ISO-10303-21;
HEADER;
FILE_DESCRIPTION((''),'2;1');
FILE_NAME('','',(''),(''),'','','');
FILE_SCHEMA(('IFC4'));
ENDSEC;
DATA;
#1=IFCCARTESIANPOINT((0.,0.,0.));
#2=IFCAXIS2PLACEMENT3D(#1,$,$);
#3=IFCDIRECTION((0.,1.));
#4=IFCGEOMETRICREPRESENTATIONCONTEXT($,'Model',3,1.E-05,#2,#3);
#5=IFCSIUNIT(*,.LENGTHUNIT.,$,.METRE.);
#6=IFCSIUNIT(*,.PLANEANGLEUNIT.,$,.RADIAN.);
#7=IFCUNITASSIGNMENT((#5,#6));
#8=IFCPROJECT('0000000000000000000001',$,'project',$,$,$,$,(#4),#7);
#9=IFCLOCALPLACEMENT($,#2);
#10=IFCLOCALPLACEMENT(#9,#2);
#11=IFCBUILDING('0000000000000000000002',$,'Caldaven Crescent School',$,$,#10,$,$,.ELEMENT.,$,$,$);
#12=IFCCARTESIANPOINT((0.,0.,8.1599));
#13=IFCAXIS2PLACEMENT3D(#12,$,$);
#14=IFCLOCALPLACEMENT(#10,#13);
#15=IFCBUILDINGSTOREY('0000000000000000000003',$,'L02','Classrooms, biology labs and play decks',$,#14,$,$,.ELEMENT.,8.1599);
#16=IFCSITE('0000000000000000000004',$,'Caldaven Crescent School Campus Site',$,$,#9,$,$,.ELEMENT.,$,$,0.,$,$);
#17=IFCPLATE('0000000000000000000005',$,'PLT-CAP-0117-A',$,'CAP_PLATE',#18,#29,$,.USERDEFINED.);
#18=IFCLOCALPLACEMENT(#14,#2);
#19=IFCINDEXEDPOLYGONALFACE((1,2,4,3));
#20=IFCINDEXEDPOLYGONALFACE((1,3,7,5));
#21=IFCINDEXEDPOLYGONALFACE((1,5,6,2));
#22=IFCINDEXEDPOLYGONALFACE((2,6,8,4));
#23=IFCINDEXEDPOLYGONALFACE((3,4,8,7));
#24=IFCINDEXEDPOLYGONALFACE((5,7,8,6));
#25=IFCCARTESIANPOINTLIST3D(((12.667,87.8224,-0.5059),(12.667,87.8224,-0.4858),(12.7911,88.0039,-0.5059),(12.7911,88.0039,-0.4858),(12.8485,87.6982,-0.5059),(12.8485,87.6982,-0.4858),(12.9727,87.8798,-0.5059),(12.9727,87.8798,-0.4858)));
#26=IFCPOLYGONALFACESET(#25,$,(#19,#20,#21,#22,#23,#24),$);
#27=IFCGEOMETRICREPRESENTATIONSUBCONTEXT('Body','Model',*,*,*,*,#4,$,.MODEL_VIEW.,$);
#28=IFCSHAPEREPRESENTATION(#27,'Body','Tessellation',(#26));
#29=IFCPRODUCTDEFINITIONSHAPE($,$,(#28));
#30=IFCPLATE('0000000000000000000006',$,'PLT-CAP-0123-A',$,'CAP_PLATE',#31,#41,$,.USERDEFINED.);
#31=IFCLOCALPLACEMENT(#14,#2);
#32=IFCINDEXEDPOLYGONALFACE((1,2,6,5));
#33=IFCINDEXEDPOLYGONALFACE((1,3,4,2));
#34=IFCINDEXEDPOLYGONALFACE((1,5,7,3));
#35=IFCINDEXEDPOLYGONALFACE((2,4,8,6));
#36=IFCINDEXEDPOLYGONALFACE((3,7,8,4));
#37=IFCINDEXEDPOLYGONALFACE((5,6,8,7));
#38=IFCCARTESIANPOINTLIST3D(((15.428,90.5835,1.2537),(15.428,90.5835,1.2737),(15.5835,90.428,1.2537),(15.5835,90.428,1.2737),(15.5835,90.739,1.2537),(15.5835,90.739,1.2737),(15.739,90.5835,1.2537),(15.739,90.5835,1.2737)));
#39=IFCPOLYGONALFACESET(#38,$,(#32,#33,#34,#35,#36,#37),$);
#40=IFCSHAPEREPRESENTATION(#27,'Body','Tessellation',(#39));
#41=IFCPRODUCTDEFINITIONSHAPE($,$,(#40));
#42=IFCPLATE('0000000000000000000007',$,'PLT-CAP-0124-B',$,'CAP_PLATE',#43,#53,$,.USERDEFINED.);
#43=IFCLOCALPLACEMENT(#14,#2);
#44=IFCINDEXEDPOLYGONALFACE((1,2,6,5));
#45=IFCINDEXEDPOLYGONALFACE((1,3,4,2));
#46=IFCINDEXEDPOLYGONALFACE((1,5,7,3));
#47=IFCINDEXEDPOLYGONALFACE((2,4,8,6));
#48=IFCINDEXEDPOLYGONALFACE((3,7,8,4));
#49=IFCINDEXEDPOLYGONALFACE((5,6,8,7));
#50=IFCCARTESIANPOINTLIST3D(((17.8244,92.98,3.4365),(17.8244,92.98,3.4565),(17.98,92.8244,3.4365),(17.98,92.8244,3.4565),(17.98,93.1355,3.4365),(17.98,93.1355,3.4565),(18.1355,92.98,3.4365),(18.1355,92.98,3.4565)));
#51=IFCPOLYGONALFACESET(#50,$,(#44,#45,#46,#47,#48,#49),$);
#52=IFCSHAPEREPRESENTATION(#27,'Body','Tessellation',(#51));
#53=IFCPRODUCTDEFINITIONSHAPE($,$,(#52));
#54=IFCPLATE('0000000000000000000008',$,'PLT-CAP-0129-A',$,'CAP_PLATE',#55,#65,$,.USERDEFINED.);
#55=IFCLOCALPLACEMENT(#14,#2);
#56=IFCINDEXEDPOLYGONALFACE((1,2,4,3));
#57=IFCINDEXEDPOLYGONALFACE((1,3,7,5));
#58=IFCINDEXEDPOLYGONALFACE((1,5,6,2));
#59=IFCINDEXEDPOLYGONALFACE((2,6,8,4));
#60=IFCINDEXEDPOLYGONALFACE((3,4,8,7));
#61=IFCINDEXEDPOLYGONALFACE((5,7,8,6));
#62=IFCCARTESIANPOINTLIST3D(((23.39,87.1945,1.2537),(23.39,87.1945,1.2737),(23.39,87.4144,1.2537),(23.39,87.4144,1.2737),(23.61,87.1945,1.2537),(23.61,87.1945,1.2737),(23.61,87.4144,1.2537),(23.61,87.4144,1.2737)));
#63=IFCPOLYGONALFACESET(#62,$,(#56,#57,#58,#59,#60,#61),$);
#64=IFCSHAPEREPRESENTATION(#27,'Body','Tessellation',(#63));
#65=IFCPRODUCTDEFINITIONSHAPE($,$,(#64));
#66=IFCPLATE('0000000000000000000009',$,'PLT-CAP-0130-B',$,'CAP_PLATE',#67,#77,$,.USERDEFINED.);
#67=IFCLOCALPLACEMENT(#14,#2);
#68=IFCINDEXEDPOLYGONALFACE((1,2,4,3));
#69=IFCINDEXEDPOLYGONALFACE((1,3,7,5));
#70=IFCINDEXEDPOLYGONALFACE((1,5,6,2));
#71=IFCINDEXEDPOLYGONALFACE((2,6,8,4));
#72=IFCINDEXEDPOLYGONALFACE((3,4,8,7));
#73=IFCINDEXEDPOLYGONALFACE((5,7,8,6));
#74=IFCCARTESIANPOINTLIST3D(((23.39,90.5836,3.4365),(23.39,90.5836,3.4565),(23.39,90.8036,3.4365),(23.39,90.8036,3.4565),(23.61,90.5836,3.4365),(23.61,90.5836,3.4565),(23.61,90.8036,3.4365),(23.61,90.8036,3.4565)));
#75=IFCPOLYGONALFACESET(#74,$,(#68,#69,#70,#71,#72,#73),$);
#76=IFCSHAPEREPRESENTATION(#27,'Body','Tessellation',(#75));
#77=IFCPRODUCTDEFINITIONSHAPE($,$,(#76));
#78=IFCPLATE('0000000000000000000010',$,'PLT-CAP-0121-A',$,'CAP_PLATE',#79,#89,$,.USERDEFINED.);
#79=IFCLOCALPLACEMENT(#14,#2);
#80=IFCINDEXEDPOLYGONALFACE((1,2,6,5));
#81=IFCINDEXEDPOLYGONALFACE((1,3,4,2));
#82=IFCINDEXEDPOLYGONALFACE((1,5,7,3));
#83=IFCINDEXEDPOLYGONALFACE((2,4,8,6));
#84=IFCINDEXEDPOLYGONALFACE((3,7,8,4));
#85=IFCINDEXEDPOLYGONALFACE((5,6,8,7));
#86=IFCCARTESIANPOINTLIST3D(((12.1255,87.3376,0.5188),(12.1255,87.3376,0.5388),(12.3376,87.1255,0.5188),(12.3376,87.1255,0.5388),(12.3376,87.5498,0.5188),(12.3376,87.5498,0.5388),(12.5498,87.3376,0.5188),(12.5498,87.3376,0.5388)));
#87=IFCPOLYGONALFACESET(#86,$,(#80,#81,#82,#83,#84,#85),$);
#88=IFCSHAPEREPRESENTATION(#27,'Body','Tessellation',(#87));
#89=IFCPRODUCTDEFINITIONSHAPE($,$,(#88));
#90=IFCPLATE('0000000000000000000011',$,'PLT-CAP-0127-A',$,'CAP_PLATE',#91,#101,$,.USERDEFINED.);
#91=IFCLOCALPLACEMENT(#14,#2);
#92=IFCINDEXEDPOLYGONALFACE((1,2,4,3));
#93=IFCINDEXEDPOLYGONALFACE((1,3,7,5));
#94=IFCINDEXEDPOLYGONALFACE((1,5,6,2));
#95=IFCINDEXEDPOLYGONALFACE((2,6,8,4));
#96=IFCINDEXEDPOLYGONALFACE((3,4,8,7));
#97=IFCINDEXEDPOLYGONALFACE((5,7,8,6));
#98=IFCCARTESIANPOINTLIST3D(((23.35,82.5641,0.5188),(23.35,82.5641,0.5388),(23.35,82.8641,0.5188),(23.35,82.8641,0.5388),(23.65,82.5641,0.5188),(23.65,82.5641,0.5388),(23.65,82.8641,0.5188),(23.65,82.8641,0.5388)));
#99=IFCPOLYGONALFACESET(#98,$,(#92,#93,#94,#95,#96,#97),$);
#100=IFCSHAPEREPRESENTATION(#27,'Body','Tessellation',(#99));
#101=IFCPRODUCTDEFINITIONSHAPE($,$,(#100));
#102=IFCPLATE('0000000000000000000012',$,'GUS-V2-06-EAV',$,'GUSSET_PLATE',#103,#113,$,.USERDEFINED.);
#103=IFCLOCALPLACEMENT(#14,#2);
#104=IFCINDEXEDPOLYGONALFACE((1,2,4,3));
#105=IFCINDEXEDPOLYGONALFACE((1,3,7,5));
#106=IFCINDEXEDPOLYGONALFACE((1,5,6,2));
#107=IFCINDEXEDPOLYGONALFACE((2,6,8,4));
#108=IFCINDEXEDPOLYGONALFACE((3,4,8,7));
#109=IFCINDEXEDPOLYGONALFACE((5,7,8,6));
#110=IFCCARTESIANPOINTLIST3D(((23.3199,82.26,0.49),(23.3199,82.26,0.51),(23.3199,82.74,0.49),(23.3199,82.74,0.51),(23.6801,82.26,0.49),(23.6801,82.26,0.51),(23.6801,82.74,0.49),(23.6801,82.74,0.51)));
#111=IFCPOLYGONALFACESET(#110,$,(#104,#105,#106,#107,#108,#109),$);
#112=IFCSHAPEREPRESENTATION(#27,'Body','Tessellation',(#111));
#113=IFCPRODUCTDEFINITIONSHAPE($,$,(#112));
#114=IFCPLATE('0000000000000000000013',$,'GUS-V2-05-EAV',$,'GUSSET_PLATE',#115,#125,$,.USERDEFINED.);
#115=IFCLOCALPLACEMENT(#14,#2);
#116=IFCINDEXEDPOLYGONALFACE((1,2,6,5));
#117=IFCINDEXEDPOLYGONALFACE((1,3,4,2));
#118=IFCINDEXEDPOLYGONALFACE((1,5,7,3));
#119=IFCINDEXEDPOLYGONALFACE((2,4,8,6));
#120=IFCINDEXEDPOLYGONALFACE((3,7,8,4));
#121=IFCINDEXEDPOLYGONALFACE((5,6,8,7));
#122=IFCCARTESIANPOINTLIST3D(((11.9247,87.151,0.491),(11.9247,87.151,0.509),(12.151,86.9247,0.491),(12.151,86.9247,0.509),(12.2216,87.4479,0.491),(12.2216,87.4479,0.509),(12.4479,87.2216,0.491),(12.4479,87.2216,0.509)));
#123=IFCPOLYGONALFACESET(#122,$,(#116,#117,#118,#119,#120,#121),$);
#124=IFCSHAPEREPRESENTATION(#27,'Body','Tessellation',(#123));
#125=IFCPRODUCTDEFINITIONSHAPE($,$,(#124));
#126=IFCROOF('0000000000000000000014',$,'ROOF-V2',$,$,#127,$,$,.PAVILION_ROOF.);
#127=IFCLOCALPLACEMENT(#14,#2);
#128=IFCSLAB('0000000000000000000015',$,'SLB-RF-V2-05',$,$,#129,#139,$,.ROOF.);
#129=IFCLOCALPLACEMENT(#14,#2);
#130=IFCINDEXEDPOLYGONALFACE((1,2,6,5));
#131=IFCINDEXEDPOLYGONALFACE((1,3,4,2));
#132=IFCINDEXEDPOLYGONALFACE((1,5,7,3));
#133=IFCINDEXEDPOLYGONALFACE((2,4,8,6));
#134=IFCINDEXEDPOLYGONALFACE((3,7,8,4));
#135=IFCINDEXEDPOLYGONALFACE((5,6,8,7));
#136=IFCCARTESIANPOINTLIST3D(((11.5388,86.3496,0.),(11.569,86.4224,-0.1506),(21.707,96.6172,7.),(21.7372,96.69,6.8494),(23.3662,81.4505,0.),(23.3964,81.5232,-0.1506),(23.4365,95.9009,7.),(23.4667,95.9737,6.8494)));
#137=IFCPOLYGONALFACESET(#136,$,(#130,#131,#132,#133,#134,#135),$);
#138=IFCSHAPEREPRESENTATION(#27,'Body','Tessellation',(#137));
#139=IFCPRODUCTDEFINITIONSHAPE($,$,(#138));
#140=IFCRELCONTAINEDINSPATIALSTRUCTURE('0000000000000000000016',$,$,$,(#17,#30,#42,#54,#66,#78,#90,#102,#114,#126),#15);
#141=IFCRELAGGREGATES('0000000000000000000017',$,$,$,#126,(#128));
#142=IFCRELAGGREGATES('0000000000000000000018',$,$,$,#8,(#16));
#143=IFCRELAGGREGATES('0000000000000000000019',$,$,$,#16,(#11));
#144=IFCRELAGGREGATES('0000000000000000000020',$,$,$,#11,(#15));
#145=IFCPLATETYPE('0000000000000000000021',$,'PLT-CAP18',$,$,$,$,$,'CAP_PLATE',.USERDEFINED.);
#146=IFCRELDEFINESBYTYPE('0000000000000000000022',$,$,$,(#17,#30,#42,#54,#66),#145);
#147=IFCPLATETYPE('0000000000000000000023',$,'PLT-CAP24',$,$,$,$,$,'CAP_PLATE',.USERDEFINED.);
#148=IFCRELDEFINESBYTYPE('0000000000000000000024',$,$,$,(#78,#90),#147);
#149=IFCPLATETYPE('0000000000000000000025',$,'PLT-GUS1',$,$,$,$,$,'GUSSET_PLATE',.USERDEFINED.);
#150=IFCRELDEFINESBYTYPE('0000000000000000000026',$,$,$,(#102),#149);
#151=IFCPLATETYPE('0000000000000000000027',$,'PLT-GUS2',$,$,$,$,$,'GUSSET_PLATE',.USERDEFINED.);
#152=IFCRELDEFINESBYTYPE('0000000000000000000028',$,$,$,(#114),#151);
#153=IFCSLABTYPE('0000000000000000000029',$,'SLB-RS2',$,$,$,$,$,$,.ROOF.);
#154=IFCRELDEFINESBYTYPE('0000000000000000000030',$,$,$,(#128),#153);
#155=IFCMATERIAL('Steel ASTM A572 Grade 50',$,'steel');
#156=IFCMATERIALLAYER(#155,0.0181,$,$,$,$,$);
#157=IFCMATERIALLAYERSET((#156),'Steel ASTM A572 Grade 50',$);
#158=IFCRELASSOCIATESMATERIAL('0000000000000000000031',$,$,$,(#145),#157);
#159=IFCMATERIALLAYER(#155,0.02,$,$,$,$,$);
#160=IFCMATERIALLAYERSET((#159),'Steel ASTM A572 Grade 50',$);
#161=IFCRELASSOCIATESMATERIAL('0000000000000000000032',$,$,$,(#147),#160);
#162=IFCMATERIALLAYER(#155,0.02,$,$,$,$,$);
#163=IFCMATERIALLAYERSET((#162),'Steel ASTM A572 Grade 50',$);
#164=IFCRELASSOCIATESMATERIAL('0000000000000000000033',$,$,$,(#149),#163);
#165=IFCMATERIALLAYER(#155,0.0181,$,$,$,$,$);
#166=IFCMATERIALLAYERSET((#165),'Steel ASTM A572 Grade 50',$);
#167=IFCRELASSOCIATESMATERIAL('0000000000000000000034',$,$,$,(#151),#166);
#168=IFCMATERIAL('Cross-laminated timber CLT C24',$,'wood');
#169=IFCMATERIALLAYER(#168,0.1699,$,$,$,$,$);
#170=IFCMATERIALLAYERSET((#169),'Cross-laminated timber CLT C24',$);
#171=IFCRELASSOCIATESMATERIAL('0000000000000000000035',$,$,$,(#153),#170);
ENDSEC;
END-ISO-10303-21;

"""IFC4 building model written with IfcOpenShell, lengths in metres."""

from ifc_helpers import new_model, si_unit, direction, frame, origin, origin_2d, place, context, subcontext, project, spatial, polyline, rectangle, outline, extrude, material, layer, layer_set, type_object, element, aggregate, save


model = new_model("IFC4")

# Units and contexts
model_context = context("Model", 3, precision=1e-05, world=origin(), true_north=direction((0.0, 1.0)))
body_context = subcontext(model_context, "Body", "Model", "MODEL_VIEW")
ifc_project = project(units=[si_unit("LENGTHUNIT", "METRE"), si_unit("PLANEANGLEUNIT", "RADIAN")], contexts=[model_context])

# Site, building, storey
site_placement = place(None, origin())
site = spatial("IfcSite", under=ifc_project, at=site_placement, Name="Caldaven Crescent School Campus Site", CompositionType="ELEMENT", RefElevation=0.0)
building_placement = place(site_placement, origin())
building = spatial("IfcBuilding", under=site, at=building_placement, Name="Caldaven Crescent School", CompositionType="ELEMENT")
storey_placement = place(building_placement, frame((0.0, 0.0, 8.1599)))
storey = spatial("IfcBuildingStorey", under=building, at=storey_placement, Name="L02", Description="Classrooms, biology labs and play decks", CompositionType="ELEMENT", Elevation=8.1599)

# Shared definitions
ifc_material_1 = material(Name="Steel ASTM A572 Grade 50", Category="steel")

# Plates
ifc_layer_1 = layer(ifc_material_1, 0.0181)
ifc_layer_set_1 = layer_set([ifc_layer_1], Name="Steel ASTM A572 Grade 50")
plate_type_1 = type_object("IfcPlateType", Name="PLT-CAP18", ElementType="CAP_PLATE", PredefinedType="USERDEFINED", material=ifc_layer_set_1)
for number, where, z_axis, x_axis, name in (
    (1, (12.8198, 87.8511, -0.5059), (0.0, 0.0, 1.0), (0.564391, 0.825508, 0.0), "PLT-CAP-0117-A"),
    (2, (15.5835, 90.5835, 1.2537), (0.0, 0.0, 1.0), (0.707107, 0.707107, 0.0), "PLT-CAP-0123-A"),
    (3, (17.98, 92.98, 3.4365), (0.0, 0.0, 1.0), (0.707107, 0.707107, 0.0), "PLT-CAP-0124-B"),
    (4, (23.5, 87.3044, 1.2537), (0.0, 0.0, 1.0), (0.0, 1.0, 0.0), "PLT-CAP-0129-A"),
    (5, (23.5, 90.6936, 3.4365), (0.0, 0.0, 1.0), (0.0, 1.0, 0.0), "PLT-CAP-0130-B"),
):
    element("IfcPlate", number, at=place(storey_placement, frame(where, z_axis=z_axis, x_axis=x_axis)), inside=storey, type_object=plate_type_1, Name=name, ObjectType="CAP_PLATE", PredefinedType="USERDEFINED", context=body_context, shape_type="SweptSolid", body=[
        extrude(rectangle(XDim=0.22, YDim=0.22, at=origin_2d()), origin(), (0.0, 0.0, 1.0), 0.02),
    ])
ifc_layer_2 = layer(ifc_material_1, 0.02)
ifc_layer_set_2 = layer_set([ifc_layer_2], Name="Steel ASTM A572 Grade 50")
plate_type_2 = type_object("IfcPlateType", Name="PLT-CAP24", ElementType="CAP_PLATE", PredefinedType="USERDEFINED", material=ifc_layer_set_2)
for number, where, z_axis, x_axis, name in (
    (6, (12.3376, 87.3376, 0.5188), (0.0, 0.0, 1.0), (0.707107, 0.707107, 0.0), "PLT-CAP-0121-A"),
    (7, (23.5, 82.7141, 0.5188), (0.0, 0.0, 1.0), (0.0, 1.0, 0.0), "PLT-CAP-0127-A"),
):
    element("IfcPlate", number, at=place(storey_placement, frame(where, z_axis=z_axis, x_axis=x_axis)), inside=storey, type_object=plate_type_2, Name=name, ObjectType="CAP_PLATE", PredefinedType="USERDEFINED", context=body_context, shape_type="SweptSolid", body=[
        extrude(rectangle(XDim=0.3, YDim=0.3, at=origin_2d()), origin(), (0.0, 0.0, 1.0), 0.02),
    ])
ifc_layer_3 = layer(ifc_material_1, 0.02)
ifc_layer_set_3 = layer_set([ifc_layer_3], Name="Steel ASTM A572 Grade 50")
plate_type_3 = type_object("IfcPlateType", Name="PLT-GUS1", ElementType="GUSSET_PLATE", PredefinedType="USERDEFINED", material=ifc_layer_set_3)
plate_1_placement = place(storey_placement, frame((23.5, 82.5, 0.49), z_axis=(0.0, 0.0, 1.0), x_axis=(0.0, -1.0, 0.0)))
element("IfcPlate", 8, at=plate_1_placement, inside=storey, type_object=plate_type_3, Name="GUS-V2-06-EAV", ObjectType="GUSSET_PLATE", PredefinedType="USERDEFINED", context=body_context, shape_type="SweptSolid", body=[
    extrude(rectangle(XDim=0.48, YDim=0.3601, at=origin_2d()), origin(), (0.0, 0.0, 1.0), 0.02),
])
ifc_layer_4 = layer(ifc_material_1, 0.0181)
ifc_layer_set_4 = layer_set([ifc_layer_4], Name="Steel ASTM A572 Grade 50")
plate_type_4 = type_object("IfcPlateType", Name="PLT-GUS2", ElementType="GUSSET_PLATE", PredefinedType="USERDEFINED", material=ifc_layer_set_4)
plate_2_placement = place(storey_placement, frame((12.1863, 87.1863, 0.491), z_axis=(0.0, 0.0, 1.0), x_axis=(-0.707107, -0.707107, 0.0)))
element("IfcPlate", 9, at=plate_2_placement, inside=storey, type_object=plate_type_4, Name="GUS-V2-05-EAV", ObjectType="GUSSET_PLATE", PredefinedType="USERDEFINED", context=body_context, shape_type="SweptSolid", body=[
    extrude(rectangle(XDim=0.4199, YDim=0.3201, at=origin_2d()), origin(), (0.0, 0.0, 1.0), 0.0181),
])

# Roof, slab
roof_placement = place(storey_placement, origin())
roof = element("IfcRoof", 10, at=roof_placement, inside=storey, Name="ROOF-V2", PredefinedType="PAVILION_ROOF")
ifc_material_2 = material(Name="Cross-laminated timber CLT C24", Category="wood")
ifc_layer_5 = layer(ifc_material_2, 0.1699)
ifc_layer_set_5 = layer_set([ifc_layer_5], Name="Cross-laminated timber CLT C24")
slab_type = type_object("IfcSlabType", Name="SLB-RS2", PredefinedType="ROOF", material=ifc_layer_set_5)
slab_placement = place(storey_placement, frame((11.5388, 86.3496, 0.0), z_axis=(-0.177426, -0.428343, 0.886026), x_axis=(0.923877, -0.382689, -0.000002)))
slab = element("IfcSlab", 11, at=slab_placement, type_object=slab_type, Name="SLB-RF-V2-05", PredefinedType="ROOF", context=body_context, shape_type="SweptSolid", body=[
    extrude(outline(polyline([(0.0, 0.0), (12.8019, 0.0), (7.3368, 15.0981), (5.4649, 15.098), (0.0, 0.0)])), origin(), (0.0, 0.0, -1.0), 0.1699),
])
aggregate(roof, [slab])

save(model, "model.ifc")
